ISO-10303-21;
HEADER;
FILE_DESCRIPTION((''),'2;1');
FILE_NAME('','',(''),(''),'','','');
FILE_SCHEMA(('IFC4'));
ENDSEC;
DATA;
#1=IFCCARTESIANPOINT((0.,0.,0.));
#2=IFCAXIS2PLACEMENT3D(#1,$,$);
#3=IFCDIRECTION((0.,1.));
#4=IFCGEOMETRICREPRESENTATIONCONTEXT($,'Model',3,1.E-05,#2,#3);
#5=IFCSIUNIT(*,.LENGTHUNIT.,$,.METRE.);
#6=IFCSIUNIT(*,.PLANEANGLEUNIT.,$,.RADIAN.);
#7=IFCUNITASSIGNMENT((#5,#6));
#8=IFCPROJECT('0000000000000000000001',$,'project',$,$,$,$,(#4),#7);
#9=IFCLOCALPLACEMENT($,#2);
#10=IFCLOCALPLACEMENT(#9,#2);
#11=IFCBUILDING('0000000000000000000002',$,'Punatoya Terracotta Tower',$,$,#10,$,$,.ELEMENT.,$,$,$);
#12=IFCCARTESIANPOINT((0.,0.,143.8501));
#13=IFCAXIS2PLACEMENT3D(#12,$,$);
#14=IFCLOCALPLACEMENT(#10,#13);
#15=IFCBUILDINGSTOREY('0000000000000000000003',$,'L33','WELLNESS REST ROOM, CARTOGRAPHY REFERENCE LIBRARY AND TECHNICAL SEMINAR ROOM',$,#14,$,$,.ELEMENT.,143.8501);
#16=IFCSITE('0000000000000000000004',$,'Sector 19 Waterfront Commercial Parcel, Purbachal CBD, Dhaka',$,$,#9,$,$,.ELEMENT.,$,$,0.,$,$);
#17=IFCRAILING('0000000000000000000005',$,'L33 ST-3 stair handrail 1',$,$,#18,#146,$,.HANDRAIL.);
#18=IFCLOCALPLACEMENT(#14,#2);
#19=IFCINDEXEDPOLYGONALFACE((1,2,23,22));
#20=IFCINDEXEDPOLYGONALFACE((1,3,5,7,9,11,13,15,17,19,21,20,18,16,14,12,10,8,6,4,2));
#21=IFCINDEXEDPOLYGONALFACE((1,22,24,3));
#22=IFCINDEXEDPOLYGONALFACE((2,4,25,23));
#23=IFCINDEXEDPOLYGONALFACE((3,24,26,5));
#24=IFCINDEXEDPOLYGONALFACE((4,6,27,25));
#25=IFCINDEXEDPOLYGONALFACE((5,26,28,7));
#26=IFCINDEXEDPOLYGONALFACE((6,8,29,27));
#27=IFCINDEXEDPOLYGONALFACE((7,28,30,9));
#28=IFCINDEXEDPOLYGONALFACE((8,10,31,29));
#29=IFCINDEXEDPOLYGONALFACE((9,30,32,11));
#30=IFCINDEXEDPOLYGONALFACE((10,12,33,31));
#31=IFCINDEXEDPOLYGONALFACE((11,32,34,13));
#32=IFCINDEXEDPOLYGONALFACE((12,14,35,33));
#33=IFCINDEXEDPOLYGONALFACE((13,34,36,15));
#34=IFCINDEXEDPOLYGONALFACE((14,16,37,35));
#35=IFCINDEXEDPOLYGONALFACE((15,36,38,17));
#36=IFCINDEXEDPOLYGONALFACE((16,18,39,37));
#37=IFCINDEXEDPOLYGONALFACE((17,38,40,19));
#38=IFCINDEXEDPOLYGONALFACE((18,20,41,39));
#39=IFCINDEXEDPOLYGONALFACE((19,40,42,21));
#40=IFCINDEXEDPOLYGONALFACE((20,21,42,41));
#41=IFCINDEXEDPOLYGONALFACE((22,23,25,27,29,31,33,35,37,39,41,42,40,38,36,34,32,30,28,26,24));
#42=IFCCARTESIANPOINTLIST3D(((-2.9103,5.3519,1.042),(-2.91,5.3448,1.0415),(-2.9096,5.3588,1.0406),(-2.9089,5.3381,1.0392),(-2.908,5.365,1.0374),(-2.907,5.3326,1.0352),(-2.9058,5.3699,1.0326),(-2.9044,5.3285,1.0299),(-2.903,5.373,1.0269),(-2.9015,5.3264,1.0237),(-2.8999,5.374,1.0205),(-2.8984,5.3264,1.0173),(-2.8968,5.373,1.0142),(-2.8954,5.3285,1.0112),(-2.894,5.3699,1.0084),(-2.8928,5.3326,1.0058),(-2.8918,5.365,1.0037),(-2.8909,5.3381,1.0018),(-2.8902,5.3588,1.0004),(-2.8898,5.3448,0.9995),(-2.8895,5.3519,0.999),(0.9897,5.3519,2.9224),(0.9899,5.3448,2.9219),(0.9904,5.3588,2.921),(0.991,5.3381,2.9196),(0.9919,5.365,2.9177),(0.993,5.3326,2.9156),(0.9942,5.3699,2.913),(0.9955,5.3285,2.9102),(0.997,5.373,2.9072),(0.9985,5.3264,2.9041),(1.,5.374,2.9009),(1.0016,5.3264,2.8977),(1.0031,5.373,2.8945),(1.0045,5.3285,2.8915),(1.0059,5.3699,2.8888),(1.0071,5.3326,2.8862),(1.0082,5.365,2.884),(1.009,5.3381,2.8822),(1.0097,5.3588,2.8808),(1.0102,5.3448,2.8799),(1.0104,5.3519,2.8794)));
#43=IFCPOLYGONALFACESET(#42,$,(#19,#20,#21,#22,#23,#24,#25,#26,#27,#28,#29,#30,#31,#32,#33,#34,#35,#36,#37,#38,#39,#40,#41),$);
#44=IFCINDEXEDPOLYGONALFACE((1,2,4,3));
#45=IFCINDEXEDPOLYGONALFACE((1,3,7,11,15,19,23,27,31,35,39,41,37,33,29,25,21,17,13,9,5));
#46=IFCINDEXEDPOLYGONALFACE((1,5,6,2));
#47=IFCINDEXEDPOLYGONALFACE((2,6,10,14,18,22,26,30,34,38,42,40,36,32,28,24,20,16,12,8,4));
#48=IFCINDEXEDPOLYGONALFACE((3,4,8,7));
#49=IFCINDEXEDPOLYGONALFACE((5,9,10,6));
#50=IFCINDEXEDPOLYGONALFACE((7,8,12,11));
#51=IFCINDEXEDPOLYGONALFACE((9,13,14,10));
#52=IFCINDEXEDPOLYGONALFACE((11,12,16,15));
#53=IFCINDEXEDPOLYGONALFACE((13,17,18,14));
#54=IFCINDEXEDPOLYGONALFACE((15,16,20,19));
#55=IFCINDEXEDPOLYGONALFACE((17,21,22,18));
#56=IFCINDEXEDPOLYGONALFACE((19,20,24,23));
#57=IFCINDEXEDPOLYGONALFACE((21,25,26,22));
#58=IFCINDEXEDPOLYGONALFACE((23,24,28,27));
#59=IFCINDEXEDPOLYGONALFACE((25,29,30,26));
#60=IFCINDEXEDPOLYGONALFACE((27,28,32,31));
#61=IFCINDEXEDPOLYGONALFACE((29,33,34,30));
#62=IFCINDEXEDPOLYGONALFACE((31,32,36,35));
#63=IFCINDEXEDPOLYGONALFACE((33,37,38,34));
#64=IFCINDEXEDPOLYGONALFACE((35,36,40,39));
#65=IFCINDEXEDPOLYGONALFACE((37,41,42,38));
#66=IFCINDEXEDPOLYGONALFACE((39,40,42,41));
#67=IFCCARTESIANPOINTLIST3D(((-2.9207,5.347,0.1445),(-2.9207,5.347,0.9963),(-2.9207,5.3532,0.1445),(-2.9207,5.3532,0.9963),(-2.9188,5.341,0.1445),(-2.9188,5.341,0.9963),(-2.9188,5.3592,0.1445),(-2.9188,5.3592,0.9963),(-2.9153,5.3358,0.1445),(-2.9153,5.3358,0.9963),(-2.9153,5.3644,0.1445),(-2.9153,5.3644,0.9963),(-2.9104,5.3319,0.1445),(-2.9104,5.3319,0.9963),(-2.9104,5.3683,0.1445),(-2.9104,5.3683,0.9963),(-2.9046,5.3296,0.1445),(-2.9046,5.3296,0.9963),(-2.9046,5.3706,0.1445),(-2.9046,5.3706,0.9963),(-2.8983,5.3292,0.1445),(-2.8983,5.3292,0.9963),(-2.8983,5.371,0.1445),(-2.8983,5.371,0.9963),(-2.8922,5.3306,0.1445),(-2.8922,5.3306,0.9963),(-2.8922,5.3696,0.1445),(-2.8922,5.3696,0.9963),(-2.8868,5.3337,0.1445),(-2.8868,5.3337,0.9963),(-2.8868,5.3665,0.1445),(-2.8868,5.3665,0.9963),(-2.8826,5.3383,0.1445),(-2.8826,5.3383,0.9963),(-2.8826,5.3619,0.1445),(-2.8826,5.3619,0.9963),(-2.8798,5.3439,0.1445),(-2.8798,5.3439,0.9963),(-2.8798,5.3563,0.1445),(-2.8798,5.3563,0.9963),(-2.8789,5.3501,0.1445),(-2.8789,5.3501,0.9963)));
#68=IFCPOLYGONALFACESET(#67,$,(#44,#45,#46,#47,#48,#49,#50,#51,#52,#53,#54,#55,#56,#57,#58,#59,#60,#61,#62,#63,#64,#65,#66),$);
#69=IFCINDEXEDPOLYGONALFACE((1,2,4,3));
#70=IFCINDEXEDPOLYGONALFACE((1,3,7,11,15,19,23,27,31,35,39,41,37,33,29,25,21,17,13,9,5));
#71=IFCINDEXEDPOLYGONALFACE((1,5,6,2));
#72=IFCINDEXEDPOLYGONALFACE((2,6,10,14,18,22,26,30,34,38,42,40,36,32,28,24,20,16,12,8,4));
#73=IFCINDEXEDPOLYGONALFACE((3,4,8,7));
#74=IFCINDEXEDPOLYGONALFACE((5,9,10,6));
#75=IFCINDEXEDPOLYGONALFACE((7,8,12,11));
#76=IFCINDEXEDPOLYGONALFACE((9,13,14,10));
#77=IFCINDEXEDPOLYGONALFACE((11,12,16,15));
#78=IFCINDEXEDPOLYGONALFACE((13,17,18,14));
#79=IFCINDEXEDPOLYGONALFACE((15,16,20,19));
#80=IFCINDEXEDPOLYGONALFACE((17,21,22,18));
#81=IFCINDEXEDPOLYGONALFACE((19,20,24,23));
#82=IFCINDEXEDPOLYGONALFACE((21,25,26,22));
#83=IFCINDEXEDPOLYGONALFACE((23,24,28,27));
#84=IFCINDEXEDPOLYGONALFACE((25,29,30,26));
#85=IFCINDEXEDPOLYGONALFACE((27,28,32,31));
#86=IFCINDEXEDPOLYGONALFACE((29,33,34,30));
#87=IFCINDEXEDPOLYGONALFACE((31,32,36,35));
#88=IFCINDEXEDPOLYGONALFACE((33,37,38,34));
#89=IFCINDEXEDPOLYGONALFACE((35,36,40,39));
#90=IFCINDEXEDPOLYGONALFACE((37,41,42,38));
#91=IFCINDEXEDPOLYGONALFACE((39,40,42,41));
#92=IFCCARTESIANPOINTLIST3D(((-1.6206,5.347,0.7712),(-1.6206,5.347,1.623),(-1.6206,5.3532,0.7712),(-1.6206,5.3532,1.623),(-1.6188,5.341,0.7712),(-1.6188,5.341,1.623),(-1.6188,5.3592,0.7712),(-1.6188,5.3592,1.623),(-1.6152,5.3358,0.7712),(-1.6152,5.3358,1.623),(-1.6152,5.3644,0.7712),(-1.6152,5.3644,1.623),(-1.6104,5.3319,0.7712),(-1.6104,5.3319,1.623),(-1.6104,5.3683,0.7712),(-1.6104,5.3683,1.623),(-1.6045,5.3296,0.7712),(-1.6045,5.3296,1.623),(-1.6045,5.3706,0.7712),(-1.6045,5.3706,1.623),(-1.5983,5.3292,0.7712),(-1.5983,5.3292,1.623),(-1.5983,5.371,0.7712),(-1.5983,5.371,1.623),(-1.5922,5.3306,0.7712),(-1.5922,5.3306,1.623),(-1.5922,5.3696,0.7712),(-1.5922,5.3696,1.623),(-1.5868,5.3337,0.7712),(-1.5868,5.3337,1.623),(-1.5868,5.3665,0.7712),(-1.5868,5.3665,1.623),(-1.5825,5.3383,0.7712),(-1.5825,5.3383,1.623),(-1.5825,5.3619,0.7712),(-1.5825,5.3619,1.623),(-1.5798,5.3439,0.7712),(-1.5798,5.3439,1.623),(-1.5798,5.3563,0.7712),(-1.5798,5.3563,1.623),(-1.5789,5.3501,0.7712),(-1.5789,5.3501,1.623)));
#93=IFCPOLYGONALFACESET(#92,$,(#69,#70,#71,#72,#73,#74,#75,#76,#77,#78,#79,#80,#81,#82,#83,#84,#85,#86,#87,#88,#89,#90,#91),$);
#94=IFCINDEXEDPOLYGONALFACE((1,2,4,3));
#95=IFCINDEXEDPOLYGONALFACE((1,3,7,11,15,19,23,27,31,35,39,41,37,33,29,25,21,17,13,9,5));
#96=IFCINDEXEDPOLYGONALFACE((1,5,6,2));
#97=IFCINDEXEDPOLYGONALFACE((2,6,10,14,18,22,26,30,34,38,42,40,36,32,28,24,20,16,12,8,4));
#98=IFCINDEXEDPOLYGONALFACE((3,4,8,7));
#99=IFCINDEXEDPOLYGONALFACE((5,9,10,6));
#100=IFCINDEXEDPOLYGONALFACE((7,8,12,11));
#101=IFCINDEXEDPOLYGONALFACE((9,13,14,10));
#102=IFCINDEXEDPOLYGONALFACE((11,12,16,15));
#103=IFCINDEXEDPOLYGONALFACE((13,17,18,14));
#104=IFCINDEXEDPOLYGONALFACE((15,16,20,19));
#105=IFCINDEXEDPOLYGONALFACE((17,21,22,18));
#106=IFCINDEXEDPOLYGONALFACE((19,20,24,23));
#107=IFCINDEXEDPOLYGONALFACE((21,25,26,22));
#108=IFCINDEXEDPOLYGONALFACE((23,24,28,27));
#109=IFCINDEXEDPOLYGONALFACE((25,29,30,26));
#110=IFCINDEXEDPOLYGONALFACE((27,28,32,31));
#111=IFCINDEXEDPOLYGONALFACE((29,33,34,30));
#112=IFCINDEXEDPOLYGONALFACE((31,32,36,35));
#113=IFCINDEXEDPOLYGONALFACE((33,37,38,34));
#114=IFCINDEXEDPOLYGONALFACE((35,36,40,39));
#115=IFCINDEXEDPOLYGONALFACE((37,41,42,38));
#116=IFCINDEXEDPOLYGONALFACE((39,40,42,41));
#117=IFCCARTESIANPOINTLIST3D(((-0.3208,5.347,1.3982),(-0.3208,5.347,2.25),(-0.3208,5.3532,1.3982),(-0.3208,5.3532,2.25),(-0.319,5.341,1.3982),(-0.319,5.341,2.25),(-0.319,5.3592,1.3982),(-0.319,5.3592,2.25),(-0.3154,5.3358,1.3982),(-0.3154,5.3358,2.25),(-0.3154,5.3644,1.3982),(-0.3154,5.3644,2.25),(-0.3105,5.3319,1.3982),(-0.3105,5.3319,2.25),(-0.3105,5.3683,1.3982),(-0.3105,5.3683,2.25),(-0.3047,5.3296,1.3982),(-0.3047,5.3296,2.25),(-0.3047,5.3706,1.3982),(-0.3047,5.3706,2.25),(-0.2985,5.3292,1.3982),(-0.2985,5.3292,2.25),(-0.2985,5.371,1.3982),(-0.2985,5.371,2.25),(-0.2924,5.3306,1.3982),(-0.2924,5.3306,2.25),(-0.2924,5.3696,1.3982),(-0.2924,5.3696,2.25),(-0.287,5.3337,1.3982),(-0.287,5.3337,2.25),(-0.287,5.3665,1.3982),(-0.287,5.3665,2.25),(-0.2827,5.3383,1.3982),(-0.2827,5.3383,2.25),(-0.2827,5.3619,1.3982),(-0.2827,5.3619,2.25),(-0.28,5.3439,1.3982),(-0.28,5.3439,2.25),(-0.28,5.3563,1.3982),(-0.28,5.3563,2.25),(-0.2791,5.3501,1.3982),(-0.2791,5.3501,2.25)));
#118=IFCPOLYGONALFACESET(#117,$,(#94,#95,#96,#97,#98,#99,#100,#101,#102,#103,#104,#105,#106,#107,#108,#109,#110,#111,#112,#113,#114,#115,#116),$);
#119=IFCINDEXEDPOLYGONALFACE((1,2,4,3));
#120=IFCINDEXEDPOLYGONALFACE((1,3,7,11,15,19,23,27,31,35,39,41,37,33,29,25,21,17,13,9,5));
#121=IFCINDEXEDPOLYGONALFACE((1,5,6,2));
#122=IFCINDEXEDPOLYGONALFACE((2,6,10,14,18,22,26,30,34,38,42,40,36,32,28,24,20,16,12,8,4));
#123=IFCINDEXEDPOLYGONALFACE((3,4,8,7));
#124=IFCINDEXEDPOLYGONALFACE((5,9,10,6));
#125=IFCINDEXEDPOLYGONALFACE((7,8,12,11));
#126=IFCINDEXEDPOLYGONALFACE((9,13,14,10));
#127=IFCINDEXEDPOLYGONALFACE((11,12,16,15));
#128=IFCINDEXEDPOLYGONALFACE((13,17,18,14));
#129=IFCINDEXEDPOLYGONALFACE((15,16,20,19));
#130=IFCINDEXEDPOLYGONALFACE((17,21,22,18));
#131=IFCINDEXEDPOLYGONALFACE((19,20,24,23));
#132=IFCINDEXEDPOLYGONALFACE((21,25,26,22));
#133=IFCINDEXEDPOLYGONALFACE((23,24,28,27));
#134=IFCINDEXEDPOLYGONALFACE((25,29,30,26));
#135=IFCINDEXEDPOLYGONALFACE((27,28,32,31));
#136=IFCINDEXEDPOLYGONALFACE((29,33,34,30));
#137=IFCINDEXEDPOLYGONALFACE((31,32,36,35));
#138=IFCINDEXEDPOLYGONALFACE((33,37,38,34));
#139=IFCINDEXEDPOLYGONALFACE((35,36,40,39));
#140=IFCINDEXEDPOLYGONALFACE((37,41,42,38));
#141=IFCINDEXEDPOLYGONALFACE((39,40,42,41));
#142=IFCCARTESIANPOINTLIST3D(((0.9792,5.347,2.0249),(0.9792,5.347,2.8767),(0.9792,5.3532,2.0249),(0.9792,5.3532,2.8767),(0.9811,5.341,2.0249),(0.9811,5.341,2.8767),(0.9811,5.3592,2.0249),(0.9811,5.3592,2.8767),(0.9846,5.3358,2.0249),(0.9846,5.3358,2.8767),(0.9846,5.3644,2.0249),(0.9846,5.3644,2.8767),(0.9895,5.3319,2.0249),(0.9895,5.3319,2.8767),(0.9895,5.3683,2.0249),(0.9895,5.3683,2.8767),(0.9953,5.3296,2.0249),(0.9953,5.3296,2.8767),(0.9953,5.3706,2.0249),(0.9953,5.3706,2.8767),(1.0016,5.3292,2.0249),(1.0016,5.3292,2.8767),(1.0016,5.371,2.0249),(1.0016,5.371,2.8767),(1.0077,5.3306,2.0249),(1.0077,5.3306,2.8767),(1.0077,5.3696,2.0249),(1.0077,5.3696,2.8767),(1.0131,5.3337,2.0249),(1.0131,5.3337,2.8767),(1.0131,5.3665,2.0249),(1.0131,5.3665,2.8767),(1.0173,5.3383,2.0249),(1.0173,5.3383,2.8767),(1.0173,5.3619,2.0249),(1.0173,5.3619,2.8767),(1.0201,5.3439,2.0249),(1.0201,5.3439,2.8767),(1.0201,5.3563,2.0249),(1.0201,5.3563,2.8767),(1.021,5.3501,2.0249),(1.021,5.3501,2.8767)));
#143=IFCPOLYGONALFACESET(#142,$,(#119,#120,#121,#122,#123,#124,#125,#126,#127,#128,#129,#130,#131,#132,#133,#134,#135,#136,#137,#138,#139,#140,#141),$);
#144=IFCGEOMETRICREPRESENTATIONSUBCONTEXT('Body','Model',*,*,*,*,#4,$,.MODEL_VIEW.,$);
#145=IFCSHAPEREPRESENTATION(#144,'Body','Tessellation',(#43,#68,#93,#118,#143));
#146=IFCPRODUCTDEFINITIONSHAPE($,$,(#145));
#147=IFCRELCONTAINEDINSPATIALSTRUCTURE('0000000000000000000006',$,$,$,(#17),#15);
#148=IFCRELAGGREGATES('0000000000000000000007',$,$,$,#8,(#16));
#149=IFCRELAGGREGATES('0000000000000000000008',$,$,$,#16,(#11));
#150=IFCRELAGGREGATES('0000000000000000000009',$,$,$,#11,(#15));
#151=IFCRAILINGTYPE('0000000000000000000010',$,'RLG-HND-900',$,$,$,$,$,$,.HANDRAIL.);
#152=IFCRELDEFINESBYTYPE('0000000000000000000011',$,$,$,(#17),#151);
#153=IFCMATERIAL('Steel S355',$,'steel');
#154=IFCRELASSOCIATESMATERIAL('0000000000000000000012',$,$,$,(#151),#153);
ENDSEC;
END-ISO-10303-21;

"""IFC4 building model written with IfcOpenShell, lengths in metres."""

from ifc_helpers import new_model, si_unit, direction, frame, origin, origin_2d, place, context, subcontext, project, spatial, circle, extrude, material, type_object, element, save


model = new_model("IFC4")

# Units and contexts
model_context = context("Model", 3, precision=1e-05, world=origin(), true_north=direction((0.0, 1.0)))
body_context = subcontext(model_context, "Body", "Model", "MODEL_VIEW")
ifc_project = project(units=[si_unit("LENGTHUNIT", "METRE"), si_unit("PLANEANGLEUNIT", "RADIAN")], contexts=[model_context])

# Site, building, storey
site_placement = place(None, origin())
site = spatial("IfcSite", under=ifc_project, at=site_placement, Name="Sector 19 Waterfront Commercial Parcel, Purbachal CBD, Dhaka", CompositionType="ELEMENT", RefElevation=0.0)
building_placement = place(site_placement, origin())
building = spatial("IfcBuilding", under=site, at=building_placement, Name="Punatoya Terracotta Tower", CompositionType="ELEMENT")
storey_placement = place(building_placement, frame((0.0, 0.0, 143.8501)))
storey = spatial("IfcBuildingStorey", under=building, at=storey_placement, Name="L33", Description="WELLNESS REST ROOM, CARTOGRAPHY REFERENCE LIBRARY AND TECHNICAL SEMINAR ROOM", CompositionType="ELEMENT", Elevation=143.8501)

# Shared definitions
ifc_material_1 = material(Name="Steel S355", Category="steel")

# Railing
railing_type_1 = type_object("IfcRailingType", Name="RLG-HND-900", PredefinedType="HANDRAIL", material=ifc_material_1)
railing_1_placement = place(storey_placement, frame((-2.8999, 5.3501, 0.1445)))
element("IfcRailing", 1, at=railing_1_placement, inside=storey, type_object=railing_type_1, Name="L33 ST-3 stair handrail 1", PredefinedType="HANDRAIL", context=body_context, shape_type="SweptSolid", body=[
    extrude(circle(Radius=0.0239, at=origin_2d()), frame((0.0, 0.0, 0.876), z_axis=(0.900763, 0.0, 0.434311), x_axis=(0.0, 1.0, 0.0)), (0.0, 0.0, 1.0), 4.3296),
    extrude(circle(Radius=0.021, at=origin_2d()), origin(), (0.0, 0.0, 1.0), 0.8518),
    extrude(circle(Radius=0.021, at=origin_2d()), frame((1.3, 0.0, 0.6267)), (0.0, 0.0, 1.0), 0.8518),
    extrude(circle(Radius=0.021, at=origin_2d()), frame((2.5999, 0.0, 1.2537)), (0.0, 0.0, 1.0), 0.8518),
    extrude(circle(Radius=0.021, at=origin_2d()), frame((3.8999, 0.0, 1.8804)), (0.0, 0.0, 1.0), 0.8518),
])

save(model, "model.ifc")
